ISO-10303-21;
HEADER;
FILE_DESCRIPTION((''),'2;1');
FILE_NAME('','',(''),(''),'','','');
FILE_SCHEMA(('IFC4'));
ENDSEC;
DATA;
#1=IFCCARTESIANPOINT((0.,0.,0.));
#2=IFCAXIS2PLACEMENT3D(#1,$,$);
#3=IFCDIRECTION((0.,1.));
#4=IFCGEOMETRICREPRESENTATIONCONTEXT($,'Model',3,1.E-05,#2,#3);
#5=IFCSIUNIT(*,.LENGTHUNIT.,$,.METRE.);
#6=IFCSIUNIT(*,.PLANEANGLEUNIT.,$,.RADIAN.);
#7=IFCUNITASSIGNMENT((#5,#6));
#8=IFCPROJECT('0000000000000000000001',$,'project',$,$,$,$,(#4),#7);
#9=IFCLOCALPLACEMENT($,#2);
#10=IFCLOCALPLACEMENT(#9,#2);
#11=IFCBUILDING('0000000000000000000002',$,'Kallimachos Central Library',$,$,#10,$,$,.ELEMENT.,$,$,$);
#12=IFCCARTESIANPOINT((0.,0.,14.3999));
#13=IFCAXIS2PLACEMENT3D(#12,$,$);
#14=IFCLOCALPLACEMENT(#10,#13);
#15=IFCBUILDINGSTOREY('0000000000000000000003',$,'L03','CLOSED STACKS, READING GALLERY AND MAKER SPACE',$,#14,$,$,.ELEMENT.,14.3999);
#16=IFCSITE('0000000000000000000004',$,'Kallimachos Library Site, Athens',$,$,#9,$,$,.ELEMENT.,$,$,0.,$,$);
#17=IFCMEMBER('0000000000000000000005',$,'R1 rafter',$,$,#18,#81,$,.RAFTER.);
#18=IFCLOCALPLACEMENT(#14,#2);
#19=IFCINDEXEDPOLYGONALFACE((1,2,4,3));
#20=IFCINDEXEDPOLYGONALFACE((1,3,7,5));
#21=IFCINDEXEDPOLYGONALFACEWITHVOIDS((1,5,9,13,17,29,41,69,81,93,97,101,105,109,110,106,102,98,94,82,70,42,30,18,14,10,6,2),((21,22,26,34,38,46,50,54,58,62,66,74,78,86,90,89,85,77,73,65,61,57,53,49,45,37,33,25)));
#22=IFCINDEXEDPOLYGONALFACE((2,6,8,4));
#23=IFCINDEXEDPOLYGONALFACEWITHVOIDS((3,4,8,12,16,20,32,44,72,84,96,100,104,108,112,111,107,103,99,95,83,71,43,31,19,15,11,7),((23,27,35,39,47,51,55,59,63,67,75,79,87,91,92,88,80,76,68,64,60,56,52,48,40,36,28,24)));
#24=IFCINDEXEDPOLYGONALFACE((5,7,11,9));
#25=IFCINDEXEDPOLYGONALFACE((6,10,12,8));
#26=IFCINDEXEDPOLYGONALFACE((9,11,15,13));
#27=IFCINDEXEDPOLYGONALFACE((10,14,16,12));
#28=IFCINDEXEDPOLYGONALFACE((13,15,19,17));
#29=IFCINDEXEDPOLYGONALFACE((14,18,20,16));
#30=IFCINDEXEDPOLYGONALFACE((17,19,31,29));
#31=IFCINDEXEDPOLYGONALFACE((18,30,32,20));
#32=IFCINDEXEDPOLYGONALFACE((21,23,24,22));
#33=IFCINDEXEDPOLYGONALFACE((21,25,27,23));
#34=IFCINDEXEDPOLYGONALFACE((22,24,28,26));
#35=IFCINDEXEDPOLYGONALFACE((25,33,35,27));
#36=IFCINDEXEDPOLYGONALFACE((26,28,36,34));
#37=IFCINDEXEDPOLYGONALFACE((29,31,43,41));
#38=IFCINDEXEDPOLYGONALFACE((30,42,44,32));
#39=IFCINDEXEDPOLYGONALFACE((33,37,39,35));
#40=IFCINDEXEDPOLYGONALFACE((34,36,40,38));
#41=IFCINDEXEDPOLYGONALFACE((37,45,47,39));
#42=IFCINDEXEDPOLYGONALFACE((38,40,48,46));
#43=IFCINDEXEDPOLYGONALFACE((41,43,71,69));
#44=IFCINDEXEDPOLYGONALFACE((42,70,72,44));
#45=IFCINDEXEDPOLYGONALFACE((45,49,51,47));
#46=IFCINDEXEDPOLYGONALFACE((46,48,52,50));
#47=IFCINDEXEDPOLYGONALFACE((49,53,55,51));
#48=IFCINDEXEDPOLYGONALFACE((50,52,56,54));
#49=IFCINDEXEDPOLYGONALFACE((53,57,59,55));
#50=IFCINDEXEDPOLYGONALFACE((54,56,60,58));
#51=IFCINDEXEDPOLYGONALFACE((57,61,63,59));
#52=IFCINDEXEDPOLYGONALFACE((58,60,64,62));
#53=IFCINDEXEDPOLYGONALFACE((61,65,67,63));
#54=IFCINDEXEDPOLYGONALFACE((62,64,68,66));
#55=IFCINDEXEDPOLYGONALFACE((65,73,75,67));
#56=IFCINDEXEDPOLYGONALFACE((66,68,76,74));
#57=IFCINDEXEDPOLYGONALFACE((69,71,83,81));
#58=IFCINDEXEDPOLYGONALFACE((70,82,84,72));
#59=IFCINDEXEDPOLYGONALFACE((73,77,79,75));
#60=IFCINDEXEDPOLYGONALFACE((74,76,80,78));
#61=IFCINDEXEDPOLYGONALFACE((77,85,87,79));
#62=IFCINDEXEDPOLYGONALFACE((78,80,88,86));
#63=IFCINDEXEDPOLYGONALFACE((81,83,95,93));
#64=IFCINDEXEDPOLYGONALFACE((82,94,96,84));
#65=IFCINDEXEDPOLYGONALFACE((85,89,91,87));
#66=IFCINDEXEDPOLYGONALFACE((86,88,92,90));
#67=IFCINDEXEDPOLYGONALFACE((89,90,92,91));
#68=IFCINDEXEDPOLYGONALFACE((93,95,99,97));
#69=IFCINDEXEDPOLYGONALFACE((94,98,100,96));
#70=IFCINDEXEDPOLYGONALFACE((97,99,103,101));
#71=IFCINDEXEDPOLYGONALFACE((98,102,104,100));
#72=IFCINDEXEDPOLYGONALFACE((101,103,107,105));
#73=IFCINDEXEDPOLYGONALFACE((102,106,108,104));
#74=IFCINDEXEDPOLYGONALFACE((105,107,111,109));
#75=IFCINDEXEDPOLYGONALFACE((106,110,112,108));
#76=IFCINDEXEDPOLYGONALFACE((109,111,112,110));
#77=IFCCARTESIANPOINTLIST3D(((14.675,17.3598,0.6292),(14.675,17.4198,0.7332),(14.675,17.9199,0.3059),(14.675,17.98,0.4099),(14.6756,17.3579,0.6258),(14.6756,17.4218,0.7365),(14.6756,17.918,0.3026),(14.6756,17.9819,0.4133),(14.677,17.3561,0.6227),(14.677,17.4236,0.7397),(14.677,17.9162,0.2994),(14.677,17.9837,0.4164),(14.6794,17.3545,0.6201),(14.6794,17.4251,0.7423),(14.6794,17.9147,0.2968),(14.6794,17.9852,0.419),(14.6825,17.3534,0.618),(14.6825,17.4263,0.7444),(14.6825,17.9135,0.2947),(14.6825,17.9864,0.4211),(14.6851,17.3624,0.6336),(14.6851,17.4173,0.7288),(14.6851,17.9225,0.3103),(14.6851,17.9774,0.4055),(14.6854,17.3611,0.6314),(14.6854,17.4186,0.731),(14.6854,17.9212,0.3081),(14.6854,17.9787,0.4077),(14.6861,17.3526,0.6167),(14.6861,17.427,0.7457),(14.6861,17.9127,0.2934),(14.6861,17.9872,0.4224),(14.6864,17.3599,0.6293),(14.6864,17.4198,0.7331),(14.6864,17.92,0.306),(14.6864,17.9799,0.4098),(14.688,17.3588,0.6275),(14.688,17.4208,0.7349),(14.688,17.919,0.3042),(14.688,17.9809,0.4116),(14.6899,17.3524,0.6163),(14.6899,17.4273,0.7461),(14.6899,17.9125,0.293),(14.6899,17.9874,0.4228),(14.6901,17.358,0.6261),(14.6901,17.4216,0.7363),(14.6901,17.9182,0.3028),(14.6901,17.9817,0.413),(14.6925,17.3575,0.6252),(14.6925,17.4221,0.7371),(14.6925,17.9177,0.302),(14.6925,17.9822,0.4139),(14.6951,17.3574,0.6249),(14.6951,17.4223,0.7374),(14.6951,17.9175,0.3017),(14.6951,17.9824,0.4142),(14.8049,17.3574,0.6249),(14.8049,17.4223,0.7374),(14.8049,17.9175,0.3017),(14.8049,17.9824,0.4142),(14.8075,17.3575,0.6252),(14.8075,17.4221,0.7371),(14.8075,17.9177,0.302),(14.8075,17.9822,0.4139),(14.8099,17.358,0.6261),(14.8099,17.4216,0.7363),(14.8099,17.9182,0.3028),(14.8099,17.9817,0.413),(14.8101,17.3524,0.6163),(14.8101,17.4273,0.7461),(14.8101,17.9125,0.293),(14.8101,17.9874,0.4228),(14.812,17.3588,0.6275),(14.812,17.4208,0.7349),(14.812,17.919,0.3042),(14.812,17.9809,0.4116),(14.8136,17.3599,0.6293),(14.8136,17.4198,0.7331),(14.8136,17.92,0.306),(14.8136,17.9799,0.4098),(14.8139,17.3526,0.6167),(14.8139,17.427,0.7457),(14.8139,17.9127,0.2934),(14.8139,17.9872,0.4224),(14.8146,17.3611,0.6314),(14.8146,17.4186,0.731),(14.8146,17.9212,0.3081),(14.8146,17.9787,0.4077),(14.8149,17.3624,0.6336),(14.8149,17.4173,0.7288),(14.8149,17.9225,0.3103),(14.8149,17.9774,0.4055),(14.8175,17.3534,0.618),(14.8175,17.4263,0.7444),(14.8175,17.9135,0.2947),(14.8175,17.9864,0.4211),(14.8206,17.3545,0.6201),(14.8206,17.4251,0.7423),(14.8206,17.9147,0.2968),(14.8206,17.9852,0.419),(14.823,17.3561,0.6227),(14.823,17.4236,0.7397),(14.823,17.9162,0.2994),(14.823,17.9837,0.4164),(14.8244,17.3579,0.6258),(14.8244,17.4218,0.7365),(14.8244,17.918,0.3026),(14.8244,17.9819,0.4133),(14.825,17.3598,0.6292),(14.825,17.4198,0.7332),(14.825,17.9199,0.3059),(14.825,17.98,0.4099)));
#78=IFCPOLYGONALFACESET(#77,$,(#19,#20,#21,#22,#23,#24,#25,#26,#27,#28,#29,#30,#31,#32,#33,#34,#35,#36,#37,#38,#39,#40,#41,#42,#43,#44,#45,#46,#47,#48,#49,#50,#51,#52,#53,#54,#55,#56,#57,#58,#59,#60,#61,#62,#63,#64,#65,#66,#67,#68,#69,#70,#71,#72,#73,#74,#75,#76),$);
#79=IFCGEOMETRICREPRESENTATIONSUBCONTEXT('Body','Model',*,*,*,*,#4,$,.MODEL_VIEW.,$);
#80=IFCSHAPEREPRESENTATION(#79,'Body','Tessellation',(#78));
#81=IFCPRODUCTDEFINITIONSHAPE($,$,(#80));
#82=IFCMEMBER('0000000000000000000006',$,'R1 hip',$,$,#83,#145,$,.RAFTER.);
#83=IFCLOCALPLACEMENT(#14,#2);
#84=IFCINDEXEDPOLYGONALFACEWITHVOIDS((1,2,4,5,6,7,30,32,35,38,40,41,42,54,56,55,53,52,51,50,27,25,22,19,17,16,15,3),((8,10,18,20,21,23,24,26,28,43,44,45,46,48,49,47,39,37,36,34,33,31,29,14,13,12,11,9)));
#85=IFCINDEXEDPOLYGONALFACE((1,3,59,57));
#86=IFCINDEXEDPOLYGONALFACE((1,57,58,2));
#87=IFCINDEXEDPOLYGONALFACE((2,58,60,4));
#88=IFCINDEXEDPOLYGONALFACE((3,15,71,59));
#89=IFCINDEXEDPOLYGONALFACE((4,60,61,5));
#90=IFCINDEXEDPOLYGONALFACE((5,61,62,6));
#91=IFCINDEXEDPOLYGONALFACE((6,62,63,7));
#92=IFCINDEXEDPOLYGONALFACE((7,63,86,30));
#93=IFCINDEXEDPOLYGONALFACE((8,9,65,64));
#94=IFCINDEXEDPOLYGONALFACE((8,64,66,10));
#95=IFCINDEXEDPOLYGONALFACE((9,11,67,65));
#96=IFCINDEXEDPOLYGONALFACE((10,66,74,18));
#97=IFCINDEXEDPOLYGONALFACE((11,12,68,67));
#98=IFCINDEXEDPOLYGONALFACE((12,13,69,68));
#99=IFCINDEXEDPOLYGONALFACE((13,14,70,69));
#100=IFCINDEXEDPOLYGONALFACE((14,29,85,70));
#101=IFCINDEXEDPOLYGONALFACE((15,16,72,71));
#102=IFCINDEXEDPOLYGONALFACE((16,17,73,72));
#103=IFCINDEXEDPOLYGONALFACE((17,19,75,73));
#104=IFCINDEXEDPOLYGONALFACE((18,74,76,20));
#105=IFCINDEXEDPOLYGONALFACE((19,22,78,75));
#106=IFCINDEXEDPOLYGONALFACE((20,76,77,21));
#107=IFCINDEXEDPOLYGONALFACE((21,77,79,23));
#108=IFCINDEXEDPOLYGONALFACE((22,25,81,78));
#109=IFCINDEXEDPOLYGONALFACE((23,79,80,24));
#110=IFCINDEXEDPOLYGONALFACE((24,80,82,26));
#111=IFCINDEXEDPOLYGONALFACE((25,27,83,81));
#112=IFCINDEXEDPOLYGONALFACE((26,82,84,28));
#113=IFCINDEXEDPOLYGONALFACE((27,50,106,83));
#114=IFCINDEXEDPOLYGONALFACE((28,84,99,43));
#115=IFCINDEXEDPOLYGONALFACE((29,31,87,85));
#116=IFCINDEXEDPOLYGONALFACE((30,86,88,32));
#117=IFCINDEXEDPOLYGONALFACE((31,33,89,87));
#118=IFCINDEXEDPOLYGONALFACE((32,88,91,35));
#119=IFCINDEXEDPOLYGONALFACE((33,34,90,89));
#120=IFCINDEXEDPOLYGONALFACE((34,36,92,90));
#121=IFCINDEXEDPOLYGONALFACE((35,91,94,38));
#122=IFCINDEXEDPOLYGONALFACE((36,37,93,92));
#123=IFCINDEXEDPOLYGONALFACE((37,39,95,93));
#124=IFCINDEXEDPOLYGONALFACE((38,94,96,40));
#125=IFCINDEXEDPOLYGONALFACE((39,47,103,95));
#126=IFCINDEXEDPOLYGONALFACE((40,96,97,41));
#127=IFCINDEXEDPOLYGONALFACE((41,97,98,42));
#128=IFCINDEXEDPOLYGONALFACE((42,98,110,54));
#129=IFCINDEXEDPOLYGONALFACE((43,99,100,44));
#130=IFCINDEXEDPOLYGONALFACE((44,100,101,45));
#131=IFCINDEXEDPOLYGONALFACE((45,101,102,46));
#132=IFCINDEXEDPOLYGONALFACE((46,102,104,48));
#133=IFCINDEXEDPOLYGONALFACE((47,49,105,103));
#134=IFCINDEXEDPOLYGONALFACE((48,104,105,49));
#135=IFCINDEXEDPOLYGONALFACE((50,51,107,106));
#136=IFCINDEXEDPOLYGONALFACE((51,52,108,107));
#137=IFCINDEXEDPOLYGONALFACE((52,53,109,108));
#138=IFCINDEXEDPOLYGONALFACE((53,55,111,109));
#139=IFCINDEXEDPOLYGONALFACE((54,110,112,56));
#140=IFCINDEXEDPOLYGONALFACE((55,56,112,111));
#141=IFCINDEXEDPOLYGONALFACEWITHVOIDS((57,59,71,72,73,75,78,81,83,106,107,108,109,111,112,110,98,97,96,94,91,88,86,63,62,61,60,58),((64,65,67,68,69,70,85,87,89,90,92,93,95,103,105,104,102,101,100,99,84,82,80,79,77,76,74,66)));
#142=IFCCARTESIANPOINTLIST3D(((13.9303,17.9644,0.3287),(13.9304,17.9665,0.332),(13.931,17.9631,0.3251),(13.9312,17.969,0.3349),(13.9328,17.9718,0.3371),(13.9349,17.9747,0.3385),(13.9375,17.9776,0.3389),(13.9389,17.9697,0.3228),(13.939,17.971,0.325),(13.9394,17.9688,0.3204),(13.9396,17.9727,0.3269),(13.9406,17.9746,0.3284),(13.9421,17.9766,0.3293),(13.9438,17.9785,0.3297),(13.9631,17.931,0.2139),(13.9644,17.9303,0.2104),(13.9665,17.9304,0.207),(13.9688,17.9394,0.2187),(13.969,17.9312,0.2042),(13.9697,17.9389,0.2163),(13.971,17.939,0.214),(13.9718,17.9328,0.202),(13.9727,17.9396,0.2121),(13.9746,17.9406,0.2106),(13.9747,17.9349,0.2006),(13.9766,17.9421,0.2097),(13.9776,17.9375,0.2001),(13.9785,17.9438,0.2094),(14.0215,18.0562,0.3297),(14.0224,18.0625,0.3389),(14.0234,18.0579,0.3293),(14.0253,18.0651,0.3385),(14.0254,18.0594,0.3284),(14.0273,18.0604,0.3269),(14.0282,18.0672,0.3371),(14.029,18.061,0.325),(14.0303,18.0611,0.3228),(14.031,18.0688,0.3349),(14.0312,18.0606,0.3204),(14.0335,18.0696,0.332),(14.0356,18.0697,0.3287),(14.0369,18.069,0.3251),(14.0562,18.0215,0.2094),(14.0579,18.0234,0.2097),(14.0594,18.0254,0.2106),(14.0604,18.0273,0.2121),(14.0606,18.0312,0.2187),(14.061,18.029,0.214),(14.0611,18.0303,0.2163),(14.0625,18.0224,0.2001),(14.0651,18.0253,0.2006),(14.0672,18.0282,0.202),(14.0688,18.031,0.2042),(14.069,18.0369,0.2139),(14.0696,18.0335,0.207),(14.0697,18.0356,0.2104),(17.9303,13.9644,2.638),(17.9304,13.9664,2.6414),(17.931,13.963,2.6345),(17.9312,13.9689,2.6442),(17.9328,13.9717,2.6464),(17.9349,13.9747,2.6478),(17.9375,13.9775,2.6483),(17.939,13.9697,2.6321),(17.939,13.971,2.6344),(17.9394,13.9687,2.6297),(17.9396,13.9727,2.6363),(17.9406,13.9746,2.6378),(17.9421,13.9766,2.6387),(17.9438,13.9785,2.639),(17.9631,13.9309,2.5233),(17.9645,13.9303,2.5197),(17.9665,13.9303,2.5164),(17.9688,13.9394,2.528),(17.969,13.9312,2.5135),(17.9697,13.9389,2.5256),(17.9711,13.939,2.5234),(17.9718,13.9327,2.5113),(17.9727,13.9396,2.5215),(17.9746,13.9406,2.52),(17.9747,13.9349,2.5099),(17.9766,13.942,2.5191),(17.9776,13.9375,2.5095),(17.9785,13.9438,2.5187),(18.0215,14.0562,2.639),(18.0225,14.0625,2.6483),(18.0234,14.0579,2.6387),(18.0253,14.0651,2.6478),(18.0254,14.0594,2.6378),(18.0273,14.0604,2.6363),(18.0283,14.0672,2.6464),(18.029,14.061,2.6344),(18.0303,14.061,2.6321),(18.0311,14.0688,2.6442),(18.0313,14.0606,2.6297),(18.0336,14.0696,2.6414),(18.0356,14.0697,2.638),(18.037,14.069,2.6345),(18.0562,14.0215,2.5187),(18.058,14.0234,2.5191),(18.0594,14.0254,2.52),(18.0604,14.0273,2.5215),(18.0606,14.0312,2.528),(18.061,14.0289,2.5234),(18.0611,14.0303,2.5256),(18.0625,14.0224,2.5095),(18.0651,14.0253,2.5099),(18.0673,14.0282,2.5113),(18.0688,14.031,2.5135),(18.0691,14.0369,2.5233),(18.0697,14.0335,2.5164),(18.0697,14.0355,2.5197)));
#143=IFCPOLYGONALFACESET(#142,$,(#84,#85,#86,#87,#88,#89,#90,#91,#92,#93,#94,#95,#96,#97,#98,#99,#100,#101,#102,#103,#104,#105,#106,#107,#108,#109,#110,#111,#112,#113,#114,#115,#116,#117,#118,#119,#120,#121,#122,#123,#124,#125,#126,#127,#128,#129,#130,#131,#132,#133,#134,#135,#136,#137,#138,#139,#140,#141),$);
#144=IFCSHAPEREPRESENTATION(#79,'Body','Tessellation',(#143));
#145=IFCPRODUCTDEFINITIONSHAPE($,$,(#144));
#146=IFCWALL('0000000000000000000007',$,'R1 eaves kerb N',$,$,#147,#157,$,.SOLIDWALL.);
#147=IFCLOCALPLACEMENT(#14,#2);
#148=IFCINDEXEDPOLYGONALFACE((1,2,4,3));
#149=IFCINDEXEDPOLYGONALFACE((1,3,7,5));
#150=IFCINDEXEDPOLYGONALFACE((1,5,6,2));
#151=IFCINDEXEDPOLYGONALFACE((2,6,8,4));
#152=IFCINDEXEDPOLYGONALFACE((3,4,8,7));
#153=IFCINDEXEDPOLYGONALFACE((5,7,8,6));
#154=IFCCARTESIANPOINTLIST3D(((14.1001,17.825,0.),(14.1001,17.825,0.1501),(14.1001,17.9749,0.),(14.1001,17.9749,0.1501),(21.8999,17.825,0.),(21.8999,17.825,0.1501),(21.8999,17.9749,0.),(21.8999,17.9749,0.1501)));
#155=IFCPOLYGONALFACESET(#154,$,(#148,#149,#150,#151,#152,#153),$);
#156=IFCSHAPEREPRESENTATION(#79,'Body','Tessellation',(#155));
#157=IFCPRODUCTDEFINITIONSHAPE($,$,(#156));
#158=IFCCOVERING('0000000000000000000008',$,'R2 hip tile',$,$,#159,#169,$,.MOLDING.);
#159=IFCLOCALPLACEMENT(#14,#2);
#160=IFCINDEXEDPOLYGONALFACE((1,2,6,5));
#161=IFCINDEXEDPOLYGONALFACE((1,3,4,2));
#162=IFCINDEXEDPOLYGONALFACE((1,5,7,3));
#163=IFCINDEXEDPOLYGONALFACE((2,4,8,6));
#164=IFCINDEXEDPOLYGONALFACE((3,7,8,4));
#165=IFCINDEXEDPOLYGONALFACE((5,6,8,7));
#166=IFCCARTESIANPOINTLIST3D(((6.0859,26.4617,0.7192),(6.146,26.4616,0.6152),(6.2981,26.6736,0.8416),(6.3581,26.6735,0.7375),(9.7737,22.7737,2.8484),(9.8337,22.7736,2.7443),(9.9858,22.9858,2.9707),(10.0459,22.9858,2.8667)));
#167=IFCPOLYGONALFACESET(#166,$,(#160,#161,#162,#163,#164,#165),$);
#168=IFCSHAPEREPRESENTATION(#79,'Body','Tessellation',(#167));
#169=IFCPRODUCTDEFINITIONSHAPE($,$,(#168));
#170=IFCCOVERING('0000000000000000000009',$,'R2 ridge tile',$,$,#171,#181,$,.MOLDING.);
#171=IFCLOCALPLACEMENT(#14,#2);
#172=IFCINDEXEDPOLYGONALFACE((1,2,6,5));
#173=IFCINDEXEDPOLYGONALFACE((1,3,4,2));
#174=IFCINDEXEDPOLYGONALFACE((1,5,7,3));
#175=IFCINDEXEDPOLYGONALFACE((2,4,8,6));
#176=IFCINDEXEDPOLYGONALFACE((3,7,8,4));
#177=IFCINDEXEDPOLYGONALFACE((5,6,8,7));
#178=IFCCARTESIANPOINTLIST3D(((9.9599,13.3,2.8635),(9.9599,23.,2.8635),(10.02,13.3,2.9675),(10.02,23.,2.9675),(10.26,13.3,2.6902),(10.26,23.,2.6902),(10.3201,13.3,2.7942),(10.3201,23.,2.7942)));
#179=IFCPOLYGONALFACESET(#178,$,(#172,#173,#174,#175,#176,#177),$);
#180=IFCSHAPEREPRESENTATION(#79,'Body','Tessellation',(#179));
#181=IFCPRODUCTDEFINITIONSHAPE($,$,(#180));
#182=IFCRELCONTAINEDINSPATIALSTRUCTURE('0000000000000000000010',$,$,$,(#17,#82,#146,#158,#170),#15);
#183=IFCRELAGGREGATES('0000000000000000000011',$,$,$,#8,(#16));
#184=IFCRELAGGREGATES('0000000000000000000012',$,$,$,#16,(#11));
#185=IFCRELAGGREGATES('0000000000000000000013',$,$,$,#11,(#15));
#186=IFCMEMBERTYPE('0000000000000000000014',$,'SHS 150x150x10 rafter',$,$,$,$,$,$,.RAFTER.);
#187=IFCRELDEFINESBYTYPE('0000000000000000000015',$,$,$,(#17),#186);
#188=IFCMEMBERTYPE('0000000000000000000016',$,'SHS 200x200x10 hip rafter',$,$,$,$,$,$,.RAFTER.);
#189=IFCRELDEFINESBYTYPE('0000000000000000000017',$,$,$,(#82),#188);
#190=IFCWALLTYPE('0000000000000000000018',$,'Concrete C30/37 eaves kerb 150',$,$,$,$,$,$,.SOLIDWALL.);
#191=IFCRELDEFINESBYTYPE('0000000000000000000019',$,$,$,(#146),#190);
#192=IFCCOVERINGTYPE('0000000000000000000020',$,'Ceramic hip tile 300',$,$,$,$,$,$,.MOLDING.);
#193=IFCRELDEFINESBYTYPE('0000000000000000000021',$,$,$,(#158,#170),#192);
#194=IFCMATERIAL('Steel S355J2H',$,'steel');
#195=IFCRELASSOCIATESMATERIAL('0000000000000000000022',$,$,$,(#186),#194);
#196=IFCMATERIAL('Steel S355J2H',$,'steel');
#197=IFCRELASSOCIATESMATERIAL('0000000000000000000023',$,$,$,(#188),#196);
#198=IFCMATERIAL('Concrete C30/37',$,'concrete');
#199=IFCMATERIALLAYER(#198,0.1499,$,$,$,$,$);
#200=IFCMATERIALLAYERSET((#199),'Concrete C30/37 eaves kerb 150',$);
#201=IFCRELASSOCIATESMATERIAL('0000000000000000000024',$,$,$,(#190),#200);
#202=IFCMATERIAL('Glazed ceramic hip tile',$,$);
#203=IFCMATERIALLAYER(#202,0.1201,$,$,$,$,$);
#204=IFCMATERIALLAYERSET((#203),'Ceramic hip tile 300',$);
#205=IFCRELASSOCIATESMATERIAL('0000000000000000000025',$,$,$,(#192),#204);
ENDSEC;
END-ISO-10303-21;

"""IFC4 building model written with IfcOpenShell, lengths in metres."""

from ifc_helpers import new_model, si_unit, direction, frame, frame_2d, origin, origin_2d, place, context, subcontext, project, spatial, polyline, rectangle, hollow_rectangle, outline, extrude, material, layer, layer_set, material_profile, profile_set, type_object, element, save


model = new_model("IFC4")

# Units and contexts
model_context = context("Model", 3, precision=1e-05, world=origin(), true_north=direction((0.0, 1.0)))
body_context = subcontext(model_context, "Body", "Model", "MODEL_VIEW")
ifc_project = project(units=[si_unit("LENGTHUNIT", "METRE"), si_unit("PLANEANGLEUNIT", "RADIAN")], contexts=[model_context])

# Site, building, storey
site_placement = place(None, origin())
site = spatial("IfcSite", under=ifc_project, at=site_placement, Name="Kallimachos Library Site, Athens", CompositionType="ELEMENT", RefElevation=0.0)
building_placement = place(site_placement, origin())
building = spatial("IfcBuilding", under=site, at=building_placement, Name="Kallimachos Central Library", CompositionType="ELEMENT")
storey_placement = place(building_placement, frame((0.0, 0.0, 14.3999)))
storey = spatial("IfcBuildingStorey", under=building, at=storey_placement, Name="L03", Description="CLOSED STACKS, READING GALLERY AND MAKER SPACE", CompositionType="ELEMENT", Elevation=14.3999)

# Members
ifc_material_1 = material(Name="Steel S355J2H", Category="steel")
ifc_material_profile_1 = material_profile(ifc_material_1, hollow_rectangle(XDim=0.1499, YDim=0.1499, WallThickness=0.01, InnerFilletRadius=0.01, OuterFilletRadius=0.0149, at=origin_2d()), Name="SHS 150x150x10")
ifc_profile_set_1 = profile_set([ifc_material_profile_1], Name="Steel S355J2H")
member_type_1 = type_object("IfcMemberType", Name="SHS 150x150x10 rafter", PredefinedType="RAFTER", material=ifc_profile_set_1)
member_1_placement = place(storey_placement, frame((14.75, 17.95, 0.3579), z_axis=(0.0, -0.866098, 0.499875), x_axis=(1.0, 0.0, 0.0)))
element("IfcMember", 1, at=member_1_placement, inside=storey, type_object=member_type_1, Name="R1 rafter", PredefinedType="RAFTER", context=body_context, shape_type="SweptSolid", body=[
    extrude(hollow_rectangle(XDim=0.1499, YDim=0.1499, WallThickness=0.01, InnerFilletRadius=0.01, OuterFilletRadius=0.0149, at=origin_2d()), origin(), (0.0, 0.0, 1.0), 0.6467),
])
ifc_material_2 = material(Name="Steel S355J2H", Category="steel")
ifc_material_profile_2 = material_profile(ifc_material_2, hollow_rectangle(XDim=0.1499, YDim=0.1499, WallThickness=0.01, InnerFilletRadius=0.01, OuterFilletRadius=0.0149, at=origin_2d()), Name="SHS 150x150x10")
ifc_profile_set_2 = profile_set([ifc_material_profile_2], Name="Steel S355J2H")
member_type_2 = type_object("IfcMemberType", Name="SHS 200x200x10 hip rafter", PredefinedType="RAFTER", material=ifc_profile_set_2)
member_2_placement = place(storey_placement, frame((14.0, 18.0, 0.2695), z_axis=(0.654657, -0.654657, 0.377954), x_axis=(0.707107, 0.707107, 0.0)))
element("IfcMember", 2, at=member_2_placement, inside=storey, type_object=member_type_2, Name="R1 hip", PredefinedType="RAFTER", context=body_context, shape_type="SweptSolid", body=[
    extrude(hollow_rectangle(XDim=0.1499, YDim=0.1499, WallThickness=0.01, InnerFilletRadius=0.01, OuterFilletRadius=0.0149, at=origin_2d()), origin(), (0.0, 0.0, 1.0), 6.1101),
])

# Wall
ifc_material_3 = material(Name="Concrete C30/37", Category="concrete")
ifc_layer_1 = layer(ifc_material_3, 0.1499)
ifc_layer_set_1 = layer_set([ifc_layer_1], Name="Concrete C30/37 eaves kerb 150")
wall_type = type_object("IfcWallType", Name="Concrete C30/37 eaves kerb 150", PredefinedType="SOLIDWALL", material=ifc_layer_set_1)
wall_placement = place(storey_placement, frame((14.1001, 17.8999, 0.0), z_axis=(0.0, 0.0, 1.0), x_axis=(1.0, 0.0, 0.0)))
element("IfcWall", 3, at=wall_placement, inside=storey, type_object=wall_type, Name="R1 eaves kerb N", PredefinedType="SOLIDWALL", context=body_context, shape_type="SweptSolid", body=[
    extrude(rectangle(XDim=7.7998, YDim=0.1499, at=frame_2d((3.8999, 0.0))), origin(), (0.0, 0.0, 1.0), 0.1501),
])

# Coverings
ifc_material_4 = material(Name="Glazed ceramic hip tile")
ifc_layer_2 = layer(ifc_material_4, 0.1201)
ifc_layer_set_2 = layer_set([ifc_layer_2], Name="Ceramic hip tile 300")
covering_type_1 = type_object("IfcCoveringType", Name="Ceramic hip tile 300", PredefinedType="MOLDING", material=ifc_layer_set_2)
covering_1_placement = place(storey_placement, frame((9.9858, 22.9858, 2.9707), z_axis=(-0.499734, 0.000361, 0.866179), x_axis=(-0.654787, -0.654787, -0.377501)))
element("IfcCovering", 4, at=covering_1_placement, inside=storey, type_object=covering_type_1, Name="R2 hip tile", PredefinedType="MOLDING", context=body_context, shape_type="SweptSolid", body=[
    extrude(outline(polyline([(0.0, 0.0), (0.324, 0.0), (1.1276, -5.5757), (0.8038, -5.5755), (0.0, 0.0)])), origin(), (0.0, 0.0, -1.0), 0.1201),
])
covering_2_placement = place(storey_placement, frame((10.02, 23.0, 2.9675), z_axis=(0.500231, 0.0, 0.865892), x_axis=(0.865892, 0.0, -0.500231)))
element("IfcCovering", 5, at=covering_2_placement, inside=storey, type_object=covering_type_1, Name="R2 ridge tile", PredefinedType="MOLDING", context=body_context, shape_type="SweptSolid", body=[
    extrude(outline(polyline([(0.0, 0.0), (0.3465, 0.0), (0.3465, -9.7), (0.0, -9.7), (0.0, 0.0)])), origin(), (0.0, 0.0, -1.0), 0.1201),
])

save(model, "model.ifc")
